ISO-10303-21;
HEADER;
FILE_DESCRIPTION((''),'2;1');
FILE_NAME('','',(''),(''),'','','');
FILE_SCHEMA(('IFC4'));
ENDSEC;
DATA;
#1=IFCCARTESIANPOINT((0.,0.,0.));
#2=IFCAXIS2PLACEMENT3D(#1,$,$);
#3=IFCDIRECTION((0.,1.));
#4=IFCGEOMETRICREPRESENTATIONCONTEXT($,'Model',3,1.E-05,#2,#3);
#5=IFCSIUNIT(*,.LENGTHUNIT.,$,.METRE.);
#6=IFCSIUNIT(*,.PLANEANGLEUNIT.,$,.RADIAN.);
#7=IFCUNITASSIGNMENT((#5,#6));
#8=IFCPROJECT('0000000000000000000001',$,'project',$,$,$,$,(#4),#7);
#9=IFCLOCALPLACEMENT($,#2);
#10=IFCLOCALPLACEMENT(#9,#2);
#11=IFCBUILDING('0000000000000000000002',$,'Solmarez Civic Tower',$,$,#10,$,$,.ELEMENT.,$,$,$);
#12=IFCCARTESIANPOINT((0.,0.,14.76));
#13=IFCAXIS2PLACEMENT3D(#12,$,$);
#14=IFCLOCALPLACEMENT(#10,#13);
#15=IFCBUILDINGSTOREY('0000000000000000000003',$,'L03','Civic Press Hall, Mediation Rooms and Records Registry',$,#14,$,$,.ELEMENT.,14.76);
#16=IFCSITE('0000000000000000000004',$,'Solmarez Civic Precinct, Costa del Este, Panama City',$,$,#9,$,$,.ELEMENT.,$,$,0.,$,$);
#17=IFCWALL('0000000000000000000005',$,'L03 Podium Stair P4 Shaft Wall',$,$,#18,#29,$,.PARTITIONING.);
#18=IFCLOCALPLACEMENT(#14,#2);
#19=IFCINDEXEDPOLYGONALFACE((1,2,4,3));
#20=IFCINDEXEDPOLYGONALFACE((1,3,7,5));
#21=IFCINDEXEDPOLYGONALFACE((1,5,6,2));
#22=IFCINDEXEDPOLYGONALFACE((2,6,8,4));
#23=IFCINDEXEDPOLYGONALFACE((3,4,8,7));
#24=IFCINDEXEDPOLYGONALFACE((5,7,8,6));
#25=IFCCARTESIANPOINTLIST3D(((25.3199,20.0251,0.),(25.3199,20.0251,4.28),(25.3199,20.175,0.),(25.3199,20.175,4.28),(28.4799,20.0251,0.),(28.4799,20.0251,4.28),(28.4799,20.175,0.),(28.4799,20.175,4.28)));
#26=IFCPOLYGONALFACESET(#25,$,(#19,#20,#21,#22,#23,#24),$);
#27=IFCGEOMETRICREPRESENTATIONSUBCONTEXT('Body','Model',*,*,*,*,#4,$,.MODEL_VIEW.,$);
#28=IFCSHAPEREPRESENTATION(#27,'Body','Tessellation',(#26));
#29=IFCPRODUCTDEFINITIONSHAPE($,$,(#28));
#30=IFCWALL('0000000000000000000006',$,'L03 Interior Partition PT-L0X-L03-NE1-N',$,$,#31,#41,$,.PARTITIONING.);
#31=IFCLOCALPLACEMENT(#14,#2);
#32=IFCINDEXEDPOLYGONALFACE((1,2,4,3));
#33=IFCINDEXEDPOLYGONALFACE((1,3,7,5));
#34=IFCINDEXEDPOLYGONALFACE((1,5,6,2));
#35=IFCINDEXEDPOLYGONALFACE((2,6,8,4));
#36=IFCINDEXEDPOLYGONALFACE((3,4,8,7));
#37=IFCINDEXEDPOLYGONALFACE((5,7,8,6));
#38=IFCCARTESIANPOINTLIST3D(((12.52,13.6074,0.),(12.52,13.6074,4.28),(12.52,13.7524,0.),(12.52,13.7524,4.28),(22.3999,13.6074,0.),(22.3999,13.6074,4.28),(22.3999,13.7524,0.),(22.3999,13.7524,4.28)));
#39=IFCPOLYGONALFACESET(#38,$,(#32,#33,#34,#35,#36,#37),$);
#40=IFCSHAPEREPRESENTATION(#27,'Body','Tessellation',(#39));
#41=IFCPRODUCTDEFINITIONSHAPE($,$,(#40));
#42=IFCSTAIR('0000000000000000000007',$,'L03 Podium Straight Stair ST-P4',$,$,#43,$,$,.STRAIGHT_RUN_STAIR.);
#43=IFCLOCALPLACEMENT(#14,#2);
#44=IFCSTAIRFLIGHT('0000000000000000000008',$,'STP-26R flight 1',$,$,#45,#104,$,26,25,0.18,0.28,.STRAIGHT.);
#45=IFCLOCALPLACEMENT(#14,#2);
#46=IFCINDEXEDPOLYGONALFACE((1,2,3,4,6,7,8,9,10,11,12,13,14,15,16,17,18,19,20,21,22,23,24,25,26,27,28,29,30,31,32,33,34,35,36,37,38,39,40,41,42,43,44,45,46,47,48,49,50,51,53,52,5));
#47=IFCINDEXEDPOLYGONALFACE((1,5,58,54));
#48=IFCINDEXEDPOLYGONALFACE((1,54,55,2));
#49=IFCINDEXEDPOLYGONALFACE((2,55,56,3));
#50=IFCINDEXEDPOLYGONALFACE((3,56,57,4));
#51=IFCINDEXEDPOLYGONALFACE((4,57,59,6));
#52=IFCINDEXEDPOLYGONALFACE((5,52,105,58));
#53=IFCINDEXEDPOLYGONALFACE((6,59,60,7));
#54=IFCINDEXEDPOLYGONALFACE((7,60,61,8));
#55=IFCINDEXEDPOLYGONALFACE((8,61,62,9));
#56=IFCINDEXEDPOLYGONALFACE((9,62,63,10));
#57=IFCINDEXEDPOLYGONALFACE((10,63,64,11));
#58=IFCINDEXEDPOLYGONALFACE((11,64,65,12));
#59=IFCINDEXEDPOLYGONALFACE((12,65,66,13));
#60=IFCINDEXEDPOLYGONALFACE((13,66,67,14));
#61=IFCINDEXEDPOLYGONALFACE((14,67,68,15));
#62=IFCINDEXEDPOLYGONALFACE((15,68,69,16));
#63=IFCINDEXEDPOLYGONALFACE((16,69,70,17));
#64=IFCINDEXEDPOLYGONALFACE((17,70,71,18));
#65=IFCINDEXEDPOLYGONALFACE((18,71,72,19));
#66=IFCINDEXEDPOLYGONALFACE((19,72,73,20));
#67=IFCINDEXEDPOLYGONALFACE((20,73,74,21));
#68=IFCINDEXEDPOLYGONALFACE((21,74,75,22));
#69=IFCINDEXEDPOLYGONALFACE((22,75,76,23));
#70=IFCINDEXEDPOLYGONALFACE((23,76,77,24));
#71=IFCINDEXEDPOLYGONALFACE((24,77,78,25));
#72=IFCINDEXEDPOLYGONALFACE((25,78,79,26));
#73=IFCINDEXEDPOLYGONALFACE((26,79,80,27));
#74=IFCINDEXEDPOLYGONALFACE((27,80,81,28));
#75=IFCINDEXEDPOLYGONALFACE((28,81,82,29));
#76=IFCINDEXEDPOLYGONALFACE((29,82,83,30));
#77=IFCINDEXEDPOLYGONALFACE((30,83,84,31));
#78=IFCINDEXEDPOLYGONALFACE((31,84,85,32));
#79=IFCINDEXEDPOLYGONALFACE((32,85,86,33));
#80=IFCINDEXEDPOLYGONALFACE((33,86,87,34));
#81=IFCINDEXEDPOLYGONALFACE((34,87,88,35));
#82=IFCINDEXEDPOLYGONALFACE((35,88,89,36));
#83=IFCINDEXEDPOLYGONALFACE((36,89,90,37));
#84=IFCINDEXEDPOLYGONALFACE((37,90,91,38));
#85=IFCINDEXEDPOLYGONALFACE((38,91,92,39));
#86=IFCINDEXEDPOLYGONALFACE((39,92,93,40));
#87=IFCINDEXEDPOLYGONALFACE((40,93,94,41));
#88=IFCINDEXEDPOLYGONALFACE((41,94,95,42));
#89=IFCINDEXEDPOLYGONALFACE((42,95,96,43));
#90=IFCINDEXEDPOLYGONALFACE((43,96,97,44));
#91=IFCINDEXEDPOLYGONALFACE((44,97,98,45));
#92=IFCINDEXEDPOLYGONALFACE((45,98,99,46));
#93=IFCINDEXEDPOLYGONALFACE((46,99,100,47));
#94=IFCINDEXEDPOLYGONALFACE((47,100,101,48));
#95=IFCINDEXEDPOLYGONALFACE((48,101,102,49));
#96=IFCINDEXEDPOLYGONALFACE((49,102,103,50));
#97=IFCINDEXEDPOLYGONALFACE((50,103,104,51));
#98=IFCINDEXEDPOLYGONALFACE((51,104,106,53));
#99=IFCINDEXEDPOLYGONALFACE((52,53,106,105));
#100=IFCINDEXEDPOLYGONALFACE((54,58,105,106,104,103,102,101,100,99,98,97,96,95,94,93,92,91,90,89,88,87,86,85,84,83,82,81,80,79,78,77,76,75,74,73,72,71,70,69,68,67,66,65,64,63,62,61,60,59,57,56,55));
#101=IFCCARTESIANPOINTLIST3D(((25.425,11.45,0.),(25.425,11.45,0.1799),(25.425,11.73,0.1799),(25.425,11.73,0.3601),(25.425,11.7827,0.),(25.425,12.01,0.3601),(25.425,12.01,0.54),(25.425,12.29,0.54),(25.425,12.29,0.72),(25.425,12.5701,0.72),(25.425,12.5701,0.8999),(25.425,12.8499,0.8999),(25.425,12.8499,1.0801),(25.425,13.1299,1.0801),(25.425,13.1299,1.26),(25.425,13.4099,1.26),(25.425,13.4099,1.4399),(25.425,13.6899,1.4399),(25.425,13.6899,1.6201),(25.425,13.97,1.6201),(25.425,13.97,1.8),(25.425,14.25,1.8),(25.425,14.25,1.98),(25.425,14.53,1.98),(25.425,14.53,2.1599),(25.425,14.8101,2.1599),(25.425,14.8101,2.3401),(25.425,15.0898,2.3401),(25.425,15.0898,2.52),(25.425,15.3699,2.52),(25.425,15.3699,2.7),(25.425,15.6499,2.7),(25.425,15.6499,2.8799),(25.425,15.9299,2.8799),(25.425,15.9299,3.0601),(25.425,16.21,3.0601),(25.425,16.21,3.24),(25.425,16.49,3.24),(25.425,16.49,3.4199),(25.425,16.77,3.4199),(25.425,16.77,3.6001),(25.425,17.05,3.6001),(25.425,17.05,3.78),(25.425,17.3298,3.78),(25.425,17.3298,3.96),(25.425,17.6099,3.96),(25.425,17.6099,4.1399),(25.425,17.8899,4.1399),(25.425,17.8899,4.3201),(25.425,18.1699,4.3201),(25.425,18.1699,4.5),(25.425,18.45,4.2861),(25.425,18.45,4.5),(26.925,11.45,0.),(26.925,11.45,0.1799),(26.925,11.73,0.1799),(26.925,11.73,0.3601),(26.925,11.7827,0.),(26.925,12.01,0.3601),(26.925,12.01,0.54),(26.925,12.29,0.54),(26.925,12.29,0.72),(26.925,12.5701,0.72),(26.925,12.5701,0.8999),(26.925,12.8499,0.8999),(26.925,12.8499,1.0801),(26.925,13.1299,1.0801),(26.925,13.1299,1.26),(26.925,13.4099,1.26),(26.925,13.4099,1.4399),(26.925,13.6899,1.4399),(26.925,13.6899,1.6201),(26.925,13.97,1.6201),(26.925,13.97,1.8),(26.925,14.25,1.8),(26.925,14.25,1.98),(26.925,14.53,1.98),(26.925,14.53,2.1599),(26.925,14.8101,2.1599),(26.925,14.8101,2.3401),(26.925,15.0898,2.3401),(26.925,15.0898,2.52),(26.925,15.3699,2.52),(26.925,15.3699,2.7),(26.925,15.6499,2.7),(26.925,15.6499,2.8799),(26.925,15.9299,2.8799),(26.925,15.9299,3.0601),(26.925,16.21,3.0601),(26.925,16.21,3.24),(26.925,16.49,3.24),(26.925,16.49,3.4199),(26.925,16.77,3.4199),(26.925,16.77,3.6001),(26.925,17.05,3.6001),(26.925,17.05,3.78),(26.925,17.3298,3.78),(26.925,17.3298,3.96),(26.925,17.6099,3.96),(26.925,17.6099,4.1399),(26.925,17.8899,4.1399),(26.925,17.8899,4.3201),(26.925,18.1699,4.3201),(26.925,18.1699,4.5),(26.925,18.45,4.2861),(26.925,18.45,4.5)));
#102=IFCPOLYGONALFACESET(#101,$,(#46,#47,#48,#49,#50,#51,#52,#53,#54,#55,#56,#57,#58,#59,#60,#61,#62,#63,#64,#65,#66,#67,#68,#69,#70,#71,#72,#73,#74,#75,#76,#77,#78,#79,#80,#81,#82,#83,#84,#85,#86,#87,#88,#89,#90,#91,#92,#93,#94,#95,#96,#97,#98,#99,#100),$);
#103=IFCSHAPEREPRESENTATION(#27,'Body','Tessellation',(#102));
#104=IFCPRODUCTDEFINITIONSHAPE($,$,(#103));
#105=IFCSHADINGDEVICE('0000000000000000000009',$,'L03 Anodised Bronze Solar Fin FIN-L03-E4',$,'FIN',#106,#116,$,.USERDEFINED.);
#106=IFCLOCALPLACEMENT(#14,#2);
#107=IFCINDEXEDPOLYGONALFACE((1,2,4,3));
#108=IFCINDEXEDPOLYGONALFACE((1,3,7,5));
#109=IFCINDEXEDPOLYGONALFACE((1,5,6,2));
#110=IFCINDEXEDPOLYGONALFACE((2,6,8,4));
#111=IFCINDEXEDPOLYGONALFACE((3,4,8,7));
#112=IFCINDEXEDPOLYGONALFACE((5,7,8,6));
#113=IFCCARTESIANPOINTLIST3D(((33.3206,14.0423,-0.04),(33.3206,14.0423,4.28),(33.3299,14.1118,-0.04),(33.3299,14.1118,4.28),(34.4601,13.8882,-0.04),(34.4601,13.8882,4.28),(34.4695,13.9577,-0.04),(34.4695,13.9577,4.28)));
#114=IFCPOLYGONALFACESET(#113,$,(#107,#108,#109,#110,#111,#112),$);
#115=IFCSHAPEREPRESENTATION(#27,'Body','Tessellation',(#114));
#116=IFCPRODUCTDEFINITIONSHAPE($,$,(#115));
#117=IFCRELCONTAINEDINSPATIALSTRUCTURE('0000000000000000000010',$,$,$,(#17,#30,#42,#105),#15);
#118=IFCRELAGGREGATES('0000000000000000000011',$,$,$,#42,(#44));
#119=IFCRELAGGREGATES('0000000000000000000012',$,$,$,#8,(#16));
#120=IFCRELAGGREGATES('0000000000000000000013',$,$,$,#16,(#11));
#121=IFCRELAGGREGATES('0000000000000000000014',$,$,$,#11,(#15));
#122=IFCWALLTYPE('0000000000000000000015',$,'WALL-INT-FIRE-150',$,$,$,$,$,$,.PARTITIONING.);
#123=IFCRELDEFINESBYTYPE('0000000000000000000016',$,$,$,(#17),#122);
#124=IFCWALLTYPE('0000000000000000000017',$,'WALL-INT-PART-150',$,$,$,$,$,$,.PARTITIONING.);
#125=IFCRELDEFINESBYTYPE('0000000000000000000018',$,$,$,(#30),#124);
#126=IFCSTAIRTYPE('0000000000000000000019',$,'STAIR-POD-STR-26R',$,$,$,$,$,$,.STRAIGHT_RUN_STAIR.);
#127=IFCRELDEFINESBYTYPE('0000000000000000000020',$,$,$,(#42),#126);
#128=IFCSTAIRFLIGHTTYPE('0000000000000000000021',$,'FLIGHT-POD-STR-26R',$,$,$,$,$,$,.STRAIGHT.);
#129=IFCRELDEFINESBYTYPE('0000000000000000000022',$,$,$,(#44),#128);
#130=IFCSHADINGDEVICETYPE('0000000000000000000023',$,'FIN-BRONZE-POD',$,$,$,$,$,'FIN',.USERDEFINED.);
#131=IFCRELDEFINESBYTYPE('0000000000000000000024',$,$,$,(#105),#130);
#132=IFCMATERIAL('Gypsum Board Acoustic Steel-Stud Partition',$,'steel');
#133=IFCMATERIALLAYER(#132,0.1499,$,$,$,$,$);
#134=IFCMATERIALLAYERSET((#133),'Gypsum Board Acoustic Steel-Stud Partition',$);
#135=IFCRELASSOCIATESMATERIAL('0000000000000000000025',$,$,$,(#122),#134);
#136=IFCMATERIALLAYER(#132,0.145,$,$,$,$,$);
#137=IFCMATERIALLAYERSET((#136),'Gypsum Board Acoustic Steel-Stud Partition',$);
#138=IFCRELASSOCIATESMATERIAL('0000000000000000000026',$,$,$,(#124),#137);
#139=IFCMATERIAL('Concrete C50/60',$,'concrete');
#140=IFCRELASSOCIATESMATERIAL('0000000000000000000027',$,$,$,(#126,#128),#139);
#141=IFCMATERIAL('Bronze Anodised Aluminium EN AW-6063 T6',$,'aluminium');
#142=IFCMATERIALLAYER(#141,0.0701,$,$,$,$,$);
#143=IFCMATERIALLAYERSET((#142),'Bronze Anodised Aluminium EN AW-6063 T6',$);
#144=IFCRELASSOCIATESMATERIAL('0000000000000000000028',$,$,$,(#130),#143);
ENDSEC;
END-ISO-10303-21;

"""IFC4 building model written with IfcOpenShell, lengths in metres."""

from ifc_helpers import new_model, si_unit, direction, frame, frame_2d, origin, origin_2d, place, context, subcontext, project, spatial, polyline, rectangle, outline, extrude, material, layer, layer_set, type_object, element, aggregate, save


model = new_model("IFC4")

# Units and contexts
model_context = context("Model", 3, precision=1e-05, world=origin(), true_north=direction((0.0, 1.0)))
body_context = subcontext(model_context, "Body", "Model", "MODEL_VIEW")
ifc_project = project(units=[si_unit("LENGTHUNIT", "METRE"), si_unit("PLANEANGLEUNIT", "RADIAN")], contexts=[model_context])

# Site, building, storey
site_placement = place(None, origin())
site = spatial("IfcSite", under=ifc_project, at=site_placement, Name="Solmarez Civic Precinct, Costa del Este, Panama City", CompositionType="ELEMENT", RefElevation=0.0)
building_placement = place(site_placement, origin())
building = spatial("IfcBuilding", under=site, at=building_placement, Name="Solmarez Civic Tower", CompositionType="ELEMENT")
storey_placement = place(building_placement, frame((0.0, 0.0, 14.76)))
storey = spatial("IfcBuildingStorey", under=building, at=storey_placement, Name="L03", Description="Civic Press Hall, Mediation Rooms and Records Registry", CompositionType="ELEMENT", Elevation=14.76)

# Shared definitions
ifc_material_1 = material(Name="Concrete C50/60", Category="concrete")

# Shared definitions
ifc_material_2 = material(Name="Gypsum Board Acoustic Steel-Stud Partition", Category="steel")
ifc_layer_1 = layer(ifc_material_2, 0.1499)
ifc_layer_set_1 = layer_set([ifc_layer_1], Name="Gypsum Board Acoustic Steel-Stud Partition")
wall_type_1 = type_object("IfcWallType", Name="WALL-INT-FIRE-150", PredefinedType="PARTITIONING", material=ifc_layer_set_1)

# Walls
wall_1_placement = place(storey_placement, frame((28.48, 20.1001, 0.0), z_axis=(0.0, 0.0, 1.0), x_axis=(-1.0, 0.0, 0.0)))
element("IfcWall", 1, at=wall_1_placement, inside=storey, type_object=wall_type_1, Name="L03 Podium Stair P4 Shaft Wall", PredefinedType="PARTITIONING", context=body_context, shape_type="SweptSolid", body=[
    extrude(rectangle(XDim=3.1599, YDim=0.1499, at=frame_2d((1.5801, 0.0))), origin(), (0.0, 0.0, 1.0), 4.28),
])
ifc_layer_2 = layer(ifc_material_2, 0.145)
ifc_layer_set_2 = layer_set([ifc_layer_2], Name="Gypsum Board Acoustic Steel-Stud Partition")
wall_type_2 = type_object("IfcWallType", Name="WALL-INT-PART-150", PredefinedType="PARTITIONING", material=ifc_layer_set_2)
wall_2_placement = place(storey_placement, frame((12.52, 13.6799, 0.0), z_axis=(0.0, 0.0, 1.0), x_axis=(1.0, 0.0, 0.0)))
element("IfcWall", 2, at=wall_2_placement, inside=storey, type_object=wall_type_2, Name="L03 Interior Partition PT-L0X-L03-NE1-N", PredefinedType="PARTITIONING", context=body_context, shape_type="SweptSolid", body=[
    extrude(rectangle(XDim=9.8799, YDim=0.145, at=frame_2d((4.9399, 0.0))), origin(), (0.0, 0.0, 1.0), 4.28),
])

# Stair, stair flight
stair_type = type_object("IfcStairType", Name="STAIR-POD-STR-26R", PredefinedType="STRAIGHT_RUN_STAIR", material=ifc_material_1)
stair_placement = place(storey_placement, origin())
stair = element("IfcStair", 3, at=stair_placement, inside=storey, type_object=stair_type, Name="L03 Podium Straight Stair ST-P4", PredefinedType="STRAIGHT_RUN_STAIR")
stair_flight_type = type_object("IfcStairFlightType", Name="FLIGHT-POD-STR-26R", PredefinedType="STRAIGHT", material=ifc_material_1)
stair_flight_placement = place(storey_placement, frame((26.175, 11.45, 0.0), z_axis=(0.0, 0.0, 1.0), x_axis=(0.0, 1.0, 0.0)))
stair_flight = element("IfcStairFlight", 4, at=stair_flight_placement, type_object=stair_flight_type, Name="STP-26R flight 1", NumberOfRisers=26, NumberOfTreads=25, PredefinedType="STRAIGHT", RiserHeight=0.18, TreadLength=0.28, context=body_context, shape_type="SweptSolid", body=[
    extrude(outline(polyline([(0.0, 0.0), (0.0, 0.1799), (0.28, 0.1799), (0.28, 0.3601), (0.5601, 0.3601), (0.5601, 0.54), (0.8401, 0.54), (0.8401, 0.72), (1.1201, 0.72), (1.1201, 0.8999), (1.3999, 0.8999), (1.3999, 1.0801), (1.6799, 1.0801), (1.6799, 1.26), (1.96, 1.26), (1.96, 1.4399), (2.24, 1.4399), (2.24, 1.6201), (2.52, 1.6201), (2.52, 1.8), (2.8, 1.8), (2.8, 1.98), (3.0801, 1.98), (3.0801, 2.1599), (3.3601, 2.1599), (3.3601, 2.3401), (3.6399, 2.3401), (3.6399, 2.52), (3.9199, 2.52), (3.9199, 2.7), (4.2, 2.7), (4.2, 2.8799), (4.48, 2.8799), (4.48, 3.0601), (4.76, 3.0601), (4.76, 3.24), (5.04, 3.24), (5.04, 3.4199), (5.3201, 3.4199), (5.3201, 3.6001), (5.6001, 3.6001), (5.6001, 3.78), (5.8799, 3.78), (5.8799, 3.96), (6.1599, 3.96), (6.1599, 4.1399), (6.4399, 4.1399), (6.4399, 4.3201), (6.72, 4.3201), (6.72, 4.5), (7.0, 4.5), (7.0, 4.6799), (7.0, 4.2861), (0.3328, 0.0), (0.0, 0.0)])), frame((0.0, 0.75, 0.0), z_axis=(0.0, -1.0, 0.0), x_axis=(1.0, 0.0, 0.0)), (0.0, 0.0, 1.0), 1.5),
])
aggregate(stair, [stair_flight])

# Shading device
ifc_material_3 = material(Name="Bronze Anodised Aluminium EN AW-6063 T6", Category="aluminium")
ifc_layer_3 = layer(ifc_material_3, 0.0701)
ifc_layer_set_3 = layer_set([ifc_layer_3], Name="Bronze Anodised Aluminium EN AW-6063 T6")
shading_device_type = type_object("IfcShadingDeviceType", Name="FIN-BRONZE-POD", ElementType="FIN", PredefinedType="USERDEFINED", material=ifc_layer_set_3)
shading_device_placement = place(storey_placement, frame((33.895, 14.0, -0.04), z_axis=(0.0, 0.0, 1.0), x_axis=(0.990983, -0.133986, 0.0)))
element("IfcShadingDevice", 5, at=shading_device_placement, inside=storey, type_object=shading_device_type, Name="L03 Anodised Bronze Solar Fin FIN-L03-E4", ObjectType="FIN", PredefinedType="USERDEFINED", context=body_context, shape_type="SweptSolid", body=[
    extrude(rectangle(XDim=1.1499, YDim=0.0701, at=origin_2d()), origin(), (0.0, 0.0, 1.0), 4.3201),
])

save(model, "model.ifc")
